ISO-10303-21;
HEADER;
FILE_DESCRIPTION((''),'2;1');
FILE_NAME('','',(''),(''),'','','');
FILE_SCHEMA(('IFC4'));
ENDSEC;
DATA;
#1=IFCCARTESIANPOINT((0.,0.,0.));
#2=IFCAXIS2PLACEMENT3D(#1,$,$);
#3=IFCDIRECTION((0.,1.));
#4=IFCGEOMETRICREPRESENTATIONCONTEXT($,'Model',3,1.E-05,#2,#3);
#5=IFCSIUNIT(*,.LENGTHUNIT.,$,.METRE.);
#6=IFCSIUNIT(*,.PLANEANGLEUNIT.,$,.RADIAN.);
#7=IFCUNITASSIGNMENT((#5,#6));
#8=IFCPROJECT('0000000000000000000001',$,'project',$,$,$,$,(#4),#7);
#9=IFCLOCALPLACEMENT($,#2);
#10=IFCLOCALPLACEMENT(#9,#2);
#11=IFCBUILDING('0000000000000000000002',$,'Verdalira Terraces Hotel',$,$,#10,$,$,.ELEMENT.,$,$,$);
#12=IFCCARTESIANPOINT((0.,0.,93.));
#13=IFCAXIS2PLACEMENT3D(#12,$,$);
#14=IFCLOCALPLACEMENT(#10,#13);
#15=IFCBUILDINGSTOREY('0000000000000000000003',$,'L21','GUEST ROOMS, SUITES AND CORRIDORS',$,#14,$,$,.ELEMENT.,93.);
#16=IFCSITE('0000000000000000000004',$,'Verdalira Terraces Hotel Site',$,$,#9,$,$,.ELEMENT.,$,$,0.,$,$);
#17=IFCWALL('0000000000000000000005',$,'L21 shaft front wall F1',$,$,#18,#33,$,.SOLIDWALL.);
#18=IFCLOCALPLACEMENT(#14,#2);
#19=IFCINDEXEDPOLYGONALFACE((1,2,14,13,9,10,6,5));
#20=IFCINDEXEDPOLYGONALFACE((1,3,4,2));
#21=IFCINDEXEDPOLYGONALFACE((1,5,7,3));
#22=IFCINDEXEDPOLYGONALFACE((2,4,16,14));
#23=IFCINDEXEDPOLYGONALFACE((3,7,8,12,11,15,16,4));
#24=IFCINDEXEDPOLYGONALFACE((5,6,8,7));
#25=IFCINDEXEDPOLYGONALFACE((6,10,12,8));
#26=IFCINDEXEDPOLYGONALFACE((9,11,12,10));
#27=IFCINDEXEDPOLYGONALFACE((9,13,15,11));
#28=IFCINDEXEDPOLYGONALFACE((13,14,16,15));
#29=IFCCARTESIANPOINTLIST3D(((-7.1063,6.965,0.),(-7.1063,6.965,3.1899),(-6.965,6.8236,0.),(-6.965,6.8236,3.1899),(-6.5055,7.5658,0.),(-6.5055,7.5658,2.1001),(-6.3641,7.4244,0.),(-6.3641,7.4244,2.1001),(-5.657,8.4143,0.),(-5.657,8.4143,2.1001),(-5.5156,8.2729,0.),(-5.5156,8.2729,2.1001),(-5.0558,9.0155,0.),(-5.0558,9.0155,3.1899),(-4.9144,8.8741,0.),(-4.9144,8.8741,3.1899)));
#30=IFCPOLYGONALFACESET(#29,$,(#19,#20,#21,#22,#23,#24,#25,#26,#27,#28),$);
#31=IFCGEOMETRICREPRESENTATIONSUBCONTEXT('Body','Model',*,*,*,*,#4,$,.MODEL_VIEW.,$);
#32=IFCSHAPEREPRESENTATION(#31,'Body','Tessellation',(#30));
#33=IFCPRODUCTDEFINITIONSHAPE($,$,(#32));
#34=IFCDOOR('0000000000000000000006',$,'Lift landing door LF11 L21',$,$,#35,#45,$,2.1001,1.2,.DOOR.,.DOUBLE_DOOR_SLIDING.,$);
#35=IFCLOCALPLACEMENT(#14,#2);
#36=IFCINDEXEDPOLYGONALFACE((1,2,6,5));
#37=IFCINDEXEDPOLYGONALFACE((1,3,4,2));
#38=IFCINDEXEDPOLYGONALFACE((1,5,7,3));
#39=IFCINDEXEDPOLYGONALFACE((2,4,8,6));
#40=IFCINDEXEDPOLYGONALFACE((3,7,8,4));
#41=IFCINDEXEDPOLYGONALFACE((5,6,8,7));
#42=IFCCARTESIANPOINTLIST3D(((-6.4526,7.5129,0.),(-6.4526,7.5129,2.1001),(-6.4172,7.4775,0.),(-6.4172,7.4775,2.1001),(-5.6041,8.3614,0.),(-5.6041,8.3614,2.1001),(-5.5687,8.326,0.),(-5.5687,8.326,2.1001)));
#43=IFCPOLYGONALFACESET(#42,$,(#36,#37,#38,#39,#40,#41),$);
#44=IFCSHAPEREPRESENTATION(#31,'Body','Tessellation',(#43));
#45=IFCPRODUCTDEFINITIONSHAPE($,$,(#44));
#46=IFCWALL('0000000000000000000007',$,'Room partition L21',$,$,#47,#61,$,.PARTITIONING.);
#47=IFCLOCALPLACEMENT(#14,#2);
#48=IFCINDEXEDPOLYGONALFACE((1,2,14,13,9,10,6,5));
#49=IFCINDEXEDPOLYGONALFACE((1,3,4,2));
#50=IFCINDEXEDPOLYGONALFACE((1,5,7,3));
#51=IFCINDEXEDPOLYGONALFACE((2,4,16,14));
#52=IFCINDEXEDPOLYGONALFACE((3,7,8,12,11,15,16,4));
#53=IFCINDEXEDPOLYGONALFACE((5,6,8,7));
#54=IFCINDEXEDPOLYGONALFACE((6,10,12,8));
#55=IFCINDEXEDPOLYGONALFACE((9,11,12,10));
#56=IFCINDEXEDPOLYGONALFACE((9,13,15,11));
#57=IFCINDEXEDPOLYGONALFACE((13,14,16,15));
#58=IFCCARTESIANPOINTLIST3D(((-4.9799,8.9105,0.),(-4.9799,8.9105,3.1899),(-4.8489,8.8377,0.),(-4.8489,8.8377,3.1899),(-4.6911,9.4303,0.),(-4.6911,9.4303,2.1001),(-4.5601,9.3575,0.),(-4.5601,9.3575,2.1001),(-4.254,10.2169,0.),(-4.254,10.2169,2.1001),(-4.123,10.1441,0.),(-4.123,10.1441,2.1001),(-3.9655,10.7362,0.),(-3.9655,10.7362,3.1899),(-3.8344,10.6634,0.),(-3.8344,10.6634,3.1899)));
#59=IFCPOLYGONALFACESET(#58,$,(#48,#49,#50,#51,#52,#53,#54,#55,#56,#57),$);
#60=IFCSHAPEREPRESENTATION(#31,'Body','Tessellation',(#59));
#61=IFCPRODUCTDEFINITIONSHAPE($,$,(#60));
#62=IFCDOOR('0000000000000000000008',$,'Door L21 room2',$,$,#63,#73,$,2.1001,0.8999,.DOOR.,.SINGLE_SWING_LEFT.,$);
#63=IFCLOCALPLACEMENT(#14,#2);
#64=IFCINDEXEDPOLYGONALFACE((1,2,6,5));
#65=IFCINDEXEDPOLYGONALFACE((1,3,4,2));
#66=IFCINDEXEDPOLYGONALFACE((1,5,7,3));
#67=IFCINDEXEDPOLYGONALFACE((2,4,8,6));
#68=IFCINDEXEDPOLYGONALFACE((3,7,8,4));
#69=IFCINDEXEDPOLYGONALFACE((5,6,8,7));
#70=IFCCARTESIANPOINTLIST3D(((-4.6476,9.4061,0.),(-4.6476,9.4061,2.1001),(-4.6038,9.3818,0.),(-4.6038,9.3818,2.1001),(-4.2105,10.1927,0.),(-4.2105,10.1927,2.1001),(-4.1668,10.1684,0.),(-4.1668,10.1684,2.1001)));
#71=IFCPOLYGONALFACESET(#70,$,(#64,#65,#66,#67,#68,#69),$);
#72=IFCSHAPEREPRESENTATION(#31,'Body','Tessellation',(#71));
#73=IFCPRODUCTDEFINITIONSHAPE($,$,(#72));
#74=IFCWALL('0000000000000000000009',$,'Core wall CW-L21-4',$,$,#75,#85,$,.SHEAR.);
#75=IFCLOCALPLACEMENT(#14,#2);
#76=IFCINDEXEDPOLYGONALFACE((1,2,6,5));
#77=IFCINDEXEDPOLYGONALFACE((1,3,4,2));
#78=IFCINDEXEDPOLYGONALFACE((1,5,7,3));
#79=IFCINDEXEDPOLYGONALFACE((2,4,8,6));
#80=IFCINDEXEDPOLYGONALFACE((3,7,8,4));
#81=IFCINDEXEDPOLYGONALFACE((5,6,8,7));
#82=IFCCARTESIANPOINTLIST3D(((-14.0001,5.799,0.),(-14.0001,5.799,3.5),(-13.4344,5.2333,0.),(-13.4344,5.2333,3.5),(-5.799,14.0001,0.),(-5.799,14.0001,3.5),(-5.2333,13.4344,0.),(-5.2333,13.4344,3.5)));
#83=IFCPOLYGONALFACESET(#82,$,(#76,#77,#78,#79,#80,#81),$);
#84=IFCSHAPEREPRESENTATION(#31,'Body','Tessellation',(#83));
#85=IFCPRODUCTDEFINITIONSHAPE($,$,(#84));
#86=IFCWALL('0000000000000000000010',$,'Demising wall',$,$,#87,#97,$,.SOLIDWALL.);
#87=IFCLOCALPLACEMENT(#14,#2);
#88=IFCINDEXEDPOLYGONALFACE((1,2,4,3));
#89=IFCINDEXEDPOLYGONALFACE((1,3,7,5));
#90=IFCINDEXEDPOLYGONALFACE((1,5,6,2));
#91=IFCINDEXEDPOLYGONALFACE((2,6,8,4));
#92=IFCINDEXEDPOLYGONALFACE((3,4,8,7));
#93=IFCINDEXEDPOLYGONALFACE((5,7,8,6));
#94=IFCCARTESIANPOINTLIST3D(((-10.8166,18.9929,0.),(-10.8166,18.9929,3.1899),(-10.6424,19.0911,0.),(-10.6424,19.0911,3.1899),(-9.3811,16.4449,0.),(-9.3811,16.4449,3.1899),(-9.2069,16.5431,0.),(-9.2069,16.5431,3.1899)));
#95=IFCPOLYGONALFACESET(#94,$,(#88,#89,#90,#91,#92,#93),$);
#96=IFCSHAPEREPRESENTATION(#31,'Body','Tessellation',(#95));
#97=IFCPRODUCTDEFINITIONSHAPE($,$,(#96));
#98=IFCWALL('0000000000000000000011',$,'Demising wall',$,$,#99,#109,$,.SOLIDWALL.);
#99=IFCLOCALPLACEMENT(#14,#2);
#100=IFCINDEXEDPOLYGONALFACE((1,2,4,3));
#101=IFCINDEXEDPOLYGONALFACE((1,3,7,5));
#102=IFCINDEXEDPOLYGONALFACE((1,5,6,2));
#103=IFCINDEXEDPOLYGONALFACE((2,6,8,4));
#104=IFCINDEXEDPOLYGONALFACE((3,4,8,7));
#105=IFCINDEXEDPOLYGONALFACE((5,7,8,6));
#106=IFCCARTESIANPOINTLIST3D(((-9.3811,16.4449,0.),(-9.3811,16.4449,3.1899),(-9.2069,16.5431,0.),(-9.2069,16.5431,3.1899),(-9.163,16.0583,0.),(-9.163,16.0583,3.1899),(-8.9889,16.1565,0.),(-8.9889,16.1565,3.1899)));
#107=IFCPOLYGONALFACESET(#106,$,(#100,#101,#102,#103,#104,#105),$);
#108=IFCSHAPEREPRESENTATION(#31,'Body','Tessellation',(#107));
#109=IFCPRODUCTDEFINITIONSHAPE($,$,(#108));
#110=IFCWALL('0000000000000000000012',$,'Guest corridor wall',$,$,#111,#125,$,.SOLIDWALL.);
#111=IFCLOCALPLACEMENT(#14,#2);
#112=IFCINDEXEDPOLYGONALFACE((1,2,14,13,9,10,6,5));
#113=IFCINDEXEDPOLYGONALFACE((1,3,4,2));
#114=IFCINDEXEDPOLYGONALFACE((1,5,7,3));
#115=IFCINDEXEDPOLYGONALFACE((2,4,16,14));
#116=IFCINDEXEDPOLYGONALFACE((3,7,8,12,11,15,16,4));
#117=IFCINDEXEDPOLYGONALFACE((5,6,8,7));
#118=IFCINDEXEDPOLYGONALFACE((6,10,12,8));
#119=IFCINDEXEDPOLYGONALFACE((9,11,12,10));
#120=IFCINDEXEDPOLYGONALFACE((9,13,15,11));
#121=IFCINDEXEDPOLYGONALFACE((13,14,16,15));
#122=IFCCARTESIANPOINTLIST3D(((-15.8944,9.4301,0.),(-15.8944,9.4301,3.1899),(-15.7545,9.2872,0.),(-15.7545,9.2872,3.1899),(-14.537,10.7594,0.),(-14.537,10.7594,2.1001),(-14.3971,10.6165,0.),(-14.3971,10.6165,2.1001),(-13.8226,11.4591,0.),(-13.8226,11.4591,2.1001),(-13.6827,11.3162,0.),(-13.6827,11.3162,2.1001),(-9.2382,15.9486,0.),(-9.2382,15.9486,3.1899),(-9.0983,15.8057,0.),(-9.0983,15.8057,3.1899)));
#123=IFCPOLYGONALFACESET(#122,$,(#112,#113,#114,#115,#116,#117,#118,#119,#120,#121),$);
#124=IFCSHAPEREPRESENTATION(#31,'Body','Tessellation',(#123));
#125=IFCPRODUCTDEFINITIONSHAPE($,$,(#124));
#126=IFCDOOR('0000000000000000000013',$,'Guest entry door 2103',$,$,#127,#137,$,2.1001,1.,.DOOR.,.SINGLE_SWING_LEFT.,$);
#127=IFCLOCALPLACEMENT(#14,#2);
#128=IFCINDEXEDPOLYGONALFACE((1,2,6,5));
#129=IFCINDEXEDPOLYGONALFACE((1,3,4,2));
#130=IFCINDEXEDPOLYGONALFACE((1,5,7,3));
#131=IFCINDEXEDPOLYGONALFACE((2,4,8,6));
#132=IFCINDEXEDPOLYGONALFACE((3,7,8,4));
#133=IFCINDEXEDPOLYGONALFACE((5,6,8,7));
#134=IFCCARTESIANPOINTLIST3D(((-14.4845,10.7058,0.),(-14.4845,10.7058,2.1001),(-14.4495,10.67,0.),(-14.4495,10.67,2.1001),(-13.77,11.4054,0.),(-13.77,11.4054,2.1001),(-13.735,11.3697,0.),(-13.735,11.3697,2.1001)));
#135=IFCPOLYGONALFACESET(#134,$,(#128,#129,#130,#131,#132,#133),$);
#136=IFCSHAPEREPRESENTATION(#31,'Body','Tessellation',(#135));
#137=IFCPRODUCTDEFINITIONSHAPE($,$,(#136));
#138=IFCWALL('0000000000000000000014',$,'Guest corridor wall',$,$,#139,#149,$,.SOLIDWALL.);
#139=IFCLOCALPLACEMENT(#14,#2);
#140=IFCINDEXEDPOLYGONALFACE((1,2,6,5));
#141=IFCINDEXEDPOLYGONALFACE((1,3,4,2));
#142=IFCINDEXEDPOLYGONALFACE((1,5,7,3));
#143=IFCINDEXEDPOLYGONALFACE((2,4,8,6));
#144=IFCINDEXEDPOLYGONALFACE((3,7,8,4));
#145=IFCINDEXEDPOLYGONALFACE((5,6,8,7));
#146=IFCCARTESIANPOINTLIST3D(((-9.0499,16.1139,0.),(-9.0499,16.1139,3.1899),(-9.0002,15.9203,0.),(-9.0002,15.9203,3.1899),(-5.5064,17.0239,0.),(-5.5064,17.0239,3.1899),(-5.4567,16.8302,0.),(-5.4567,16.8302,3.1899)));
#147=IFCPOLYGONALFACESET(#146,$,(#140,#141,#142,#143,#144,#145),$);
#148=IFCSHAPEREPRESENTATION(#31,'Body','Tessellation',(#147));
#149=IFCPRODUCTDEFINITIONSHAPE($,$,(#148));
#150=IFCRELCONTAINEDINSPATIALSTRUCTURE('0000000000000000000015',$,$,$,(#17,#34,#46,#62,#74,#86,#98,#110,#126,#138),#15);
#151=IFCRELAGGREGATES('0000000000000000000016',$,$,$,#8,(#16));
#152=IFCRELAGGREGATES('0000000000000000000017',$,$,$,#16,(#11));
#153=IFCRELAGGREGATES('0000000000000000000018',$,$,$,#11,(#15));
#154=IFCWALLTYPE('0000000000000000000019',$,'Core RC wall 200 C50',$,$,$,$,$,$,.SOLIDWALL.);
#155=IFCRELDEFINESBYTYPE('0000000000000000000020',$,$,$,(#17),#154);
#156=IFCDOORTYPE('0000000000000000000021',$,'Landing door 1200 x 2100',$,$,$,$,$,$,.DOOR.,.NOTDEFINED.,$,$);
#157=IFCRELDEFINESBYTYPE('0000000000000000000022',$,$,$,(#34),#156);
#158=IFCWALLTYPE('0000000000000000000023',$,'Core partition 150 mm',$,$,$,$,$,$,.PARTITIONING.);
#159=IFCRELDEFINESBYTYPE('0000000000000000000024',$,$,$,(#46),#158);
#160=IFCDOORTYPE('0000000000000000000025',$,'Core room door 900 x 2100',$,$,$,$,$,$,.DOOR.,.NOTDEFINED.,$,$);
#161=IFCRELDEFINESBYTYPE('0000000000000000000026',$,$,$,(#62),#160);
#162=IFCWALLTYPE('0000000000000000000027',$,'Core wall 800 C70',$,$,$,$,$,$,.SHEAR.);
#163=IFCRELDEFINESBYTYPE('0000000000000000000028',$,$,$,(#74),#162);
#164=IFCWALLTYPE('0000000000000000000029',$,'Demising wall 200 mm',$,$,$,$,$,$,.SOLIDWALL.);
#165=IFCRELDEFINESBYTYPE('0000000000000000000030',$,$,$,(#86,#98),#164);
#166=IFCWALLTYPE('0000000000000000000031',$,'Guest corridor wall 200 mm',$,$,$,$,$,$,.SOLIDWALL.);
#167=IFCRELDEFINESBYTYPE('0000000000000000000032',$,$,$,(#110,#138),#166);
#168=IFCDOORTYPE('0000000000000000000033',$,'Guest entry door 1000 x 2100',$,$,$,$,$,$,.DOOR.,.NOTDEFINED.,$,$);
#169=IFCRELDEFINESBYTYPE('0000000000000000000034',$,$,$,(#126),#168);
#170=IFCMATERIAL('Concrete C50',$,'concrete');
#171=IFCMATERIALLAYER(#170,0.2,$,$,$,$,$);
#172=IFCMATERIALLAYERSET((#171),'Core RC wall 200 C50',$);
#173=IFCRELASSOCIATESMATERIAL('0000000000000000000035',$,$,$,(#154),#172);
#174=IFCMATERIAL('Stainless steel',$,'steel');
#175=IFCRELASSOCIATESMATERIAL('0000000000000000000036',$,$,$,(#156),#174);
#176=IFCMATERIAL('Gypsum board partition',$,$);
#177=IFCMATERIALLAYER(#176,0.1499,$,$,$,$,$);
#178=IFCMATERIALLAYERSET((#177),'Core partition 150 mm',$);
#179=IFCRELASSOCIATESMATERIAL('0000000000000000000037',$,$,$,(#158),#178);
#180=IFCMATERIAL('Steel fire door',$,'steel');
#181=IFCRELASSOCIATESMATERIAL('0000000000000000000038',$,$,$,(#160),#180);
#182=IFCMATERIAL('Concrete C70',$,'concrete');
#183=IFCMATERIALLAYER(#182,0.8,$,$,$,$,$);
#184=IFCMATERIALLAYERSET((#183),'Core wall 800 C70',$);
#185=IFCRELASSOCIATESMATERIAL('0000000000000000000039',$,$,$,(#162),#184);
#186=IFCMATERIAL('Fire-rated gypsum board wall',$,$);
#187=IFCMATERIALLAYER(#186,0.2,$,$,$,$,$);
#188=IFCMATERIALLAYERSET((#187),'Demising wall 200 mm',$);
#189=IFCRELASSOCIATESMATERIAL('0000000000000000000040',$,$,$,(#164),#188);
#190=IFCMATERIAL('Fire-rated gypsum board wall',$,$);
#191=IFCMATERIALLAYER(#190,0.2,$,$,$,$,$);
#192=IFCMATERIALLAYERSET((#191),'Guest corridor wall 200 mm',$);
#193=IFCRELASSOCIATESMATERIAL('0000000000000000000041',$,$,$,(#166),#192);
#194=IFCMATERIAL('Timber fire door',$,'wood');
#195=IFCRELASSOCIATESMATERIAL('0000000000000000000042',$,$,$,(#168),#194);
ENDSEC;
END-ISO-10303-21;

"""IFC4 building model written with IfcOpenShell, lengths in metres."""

from ifc_helpers import new_model, si_unit, direction, frame, frame_2d, origin, place, context, subcontext, project, spatial, rectangle, extrude, material, layer, layer_set, type_object, element, fill, save


model = new_model("IFC4")

# Units and contexts
model_context = context("Model", 3, precision=1e-05, world=origin(), true_north=direction((0.0, 1.0)))
body_context = subcontext(model_context, "Body", "Model", "MODEL_VIEW")
ifc_project = project(units=[si_unit("LENGTHUNIT", "METRE"), si_unit("PLANEANGLEUNIT", "RADIAN")], contexts=[model_context])

# Site, building, storey
site_placement = place(None, origin())
site = spatial("IfcSite", under=ifc_project, at=site_placement, Name="Verdalira Terraces Hotel Site", CompositionType="ELEMENT", RefElevation=0.0)
building_placement = place(site_placement, origin())
building = spatial("IfcBuilding", under=site, at=building_placement, Name="Verdalira Terraces Hotel", CompositionType="ELEMENT")
storey_placement = place(building_placement, frame((0.0, 0.0, 93.0)))
storey = spatial("IfcBuildingStorey", under=building, at=storey_placement, Name="L21", Description="GUEST ROOMS, SUITES AND CORRIDORS", CompositionType="ELEMENT", Elevation=93.0)

# Walls, openings, doors
ifc_material_1 = material(Name="Concrete C50", Category="concrete")
ifc_layer_1 = layer(ifc_material_1, 0.2)
ifc_layer_set_1 = layer_set([ifc_layer_1], Name="Core RC wall 200 C50")
wall_type_1 = type_object("IfcWallType", Name="Core RC wall 200 C50", PredefinedType="SOLIDWALL", material=ifc_layer_set_1)
wall_1_placement = place(storey_placement, frame((-4.9851, 8.9448, 0.0), z_axis=(0.0, 0.0, 1.0), x_axis=(-0.707107, -0.707107, 0.0)))
wall_1 = element("IfcWall", 1, at=wall_1_placement, inside=storey, type_object=wall_type_1, Name="L21 shaft front wall F1", PredefinedType="SOLIDWALL", context=body_context, shape_type="SweptSolid", body=[
    extrude(rectangle(XDim=2.8999, YDim=0.2, at=frame_2d((1.45, 0.0))), origin(), (0.0, 0.0, 1.0), 3.1899),
])
opening_1_placement = place(wall_1_placement, frame((0.8501, 0.0, 0.0)))
opening_1 = element("IfcOpeningElement", 2, at=opening_1_placement, cuts=wall_1, PredefinedType="OPENING", context=body_context, shape_type="SweptSolid", body=[
    extrude(rectangle(XDim=1.2, YDim=2.1001, at=frame_2d((0.6001, 1.05))), frame((0.0, 0.1099, 0.0), z_axis=(0.0, -1.0, 0.0), x_axis=(1.0, 0.0, 0.0)), (0.0, 0.0, 1.0), 0.22),
])
ifc_material_2 = material(Name="Stainless steel", Category="steel")
door_type_1 = type_object("IfcDoorType", Name="Landing door 1200 x 2100", OperationType="NOTDEFINED", PredefinedType="DOOR", material=ifc_material_2)
door_1_placement = place(opening_1_placement, origin())
door_1 = element("IfcDoor", 3, at=door_1_placement, inside=storey, type_object=door_type_1, Name="Lift landing door LF11 L21", OperationType="DOUBLE_DOOR_SLIDING", OverallHeight=2.1001, OverallWidth=1.2, PredefinedType="DOOR", context=body_context, shape_type="SweptSolid", body=[
    extrude(rectangle(XDim=1.2, YDim=2.1001, at=frame_2d((0.6001, 1.05))), frame((0.0, 0.0249, 0.0), z_axis=(0.0, -1.0, 0.0), x_axis=(1.0, 0.0, 0.0)), (0.0, 0.0, 1.0), 0.05),
])
fill(opening_1, door_1)
ifc_material_3 = material(Name="Gypsum board partition")
ifc_layer_2 = layer(ifc_material_3, 0.1499)
ifc_layer_set_2 = layer_set([ifc_layer_2], Name="Core partition 150 mm")
wall_type_2 = type_object("IfcWallType", Name="Core partition 150 mm", PredefinedType="PARTITIONING", material=ifc_layer_set_2)
wall_2_placement = place(storey_placement, frame((-3.8999, 10.7, 0.0), z_axis=(0.0, 0.0, 1.0), x_axis=(-0.485693, -0.87413, 0.0)))
wall_2 = element("IfcWall", 4, at=wall_2_placement, inside=storey, type_object=wall_type_2, Name="Room partition L21", PredefinedType="PARTITIONING", context=body_context, shape_type="SweptSolid", body=[
    extrude(rectangle(XDim=2.0886, YDim=0.1499, at=frame_2d((1.0444, 0.0))), origin(), (0.0, 0.0, 1.0), 3.1899),
])
opening_2_placement = place(wall_2_placement, frame((0.5942, 0.0, 0.0)))
opening_2 = element("IfcOpeningElement", 5, at=opening_2_placement, cuts=wall_2, PredefinedType="OPENING", context=body_context, shape_type="SweptSolid", body=[
    extrude(rectangle(XDim=0.8999, YDim=2.1001, at=frame_2d((0.45, 1.05))), frame((0.0, 0.085, 0.0), z_axis=(0.0, -1.0, 0.0), x_axis=(1.0, 0.0, 0.0)), (0.0, 0.0, 1.0), 0.1699),
])
ifc_material_4 = material(Name="Steel fire door", Category="steel")
door_type_2 = type_object("IfcDoorType", Name="Core room door 900 x 2100", OperationType="NOTDEFINED", PredefinedType="DOOR", material=ifc_material_4)
door_2_placement = place(opening_2_placement, origin())
door_2 = element("IfcDoor", 6, at=door_2_placement, inside=storey, type_object=door_type_2, Name="Door L21 room2", OperationType="SINGLE_SWING_LEFT", OverallHeight=2.1001, OverallWidth=0.8999, PredefinedType="DOOR", context=body_context, shape_type="SweptSolid", body=[
    extrude(rectangle(XDim=0.8999, YDim=2.1001, at=frame_2d((0.45, 1.05))), frame((0.0, 0.0249, 0.0), z_axis=(0.0, -1.0, 0.0), x_axis=(1.0, 0.0, 0.0)), (0.0, 0.0, 1.0), 0.05),
])
fill(opening_2, door_2)

# Walls
ifc_material_5 = material(Name="Concrete C70", Category="concrete")
ifc_layer_3 = layer(ifc_material_5, 0.8)
ifc_layer_set_3 = layer_set([ifc_layer_3], Name="Core wall 800 C70")
wall_type_3 = type_object("IfcWallType", Name="Core wall 800 C70", PredefinedType="SHEAR", material=ifc_layer_set_3)
wall_3_placement = place(storey_placement, frame((-5.5161, 13.7173, 0.0), z_axis=(0.0, 0.0, 1.0), x_axis=(-0.707107, -0.707107, 0.0)))
element("IfcWall", 7, at=wall_3_placement, inside=storey, type_object=wall_type_3, Name="Core wall CW-L21-4", PredefinedType="SHEAR", context=body_context, shape_type="SweptSolid", body=[
    extrude(rectangle(XDim=11.5981, YDim=0.8, at=frame_2d((5.7991, 0.0))), origin(), (0.0, 0.0, 1.0), 3.5),
])
ifc_material_6 = material(Name="Fire-rated gypsum board wall")
ifc_layer_4 = layer(ifc_material_6, 0.2)
ifc_layer_set_4 = layer_set([ifc_layer_4], Name="Demising wall 200 mm")
wall_type_4 = type_object("IfcWallType", Name="Demising wall 200 mm", PredefinedType="SOLIDWALL", material=ifc_layer_set_4)
wall_4_placement = place(storey_placement, frame((-9.2939, 16.4939, 0.0), z_axis=(0.0, 0.0, 1.0), x_axis=(-0.490844, 0.871248, 0.0)))
element("IfcWall", 8, at=wall_4_placement, inside=storey, type_object=wall_type_4, Name="Demising wall", PredefinedType="SOLIDWALL", context=body_context, shape_type="SweptSolid", body=[
    extrude(rectangle(XDim=2.9246, YDim=0.2, at=frame_2d((1.4624, 0.0))), origin(), (0.0, 0.0, 1.0), 3.1899),
])
wall_5_placement = place(storey_placement, frame((-9.0759, 16.1074, 0.0), z_axis=(0.0, 0.0, 1.0), x_axis=(-0.491332, 0.870972, 0.0)))
element("IfcWall", 9, at=wall_5_placement, inside=storey, type_object=wall_type_4, Name="Demising wall", PredefinedType="SOLIDWALL", context=body_context, shape_type="SweptSolid", body=[
    extrude(rectangle(XDim=0.4438, YDim=0.2, at=frame_2d((0.2219, 0.0))), origin(), (0.0, 0.0, 1.0), 3.1899),
])

# Wall, opening, door
ifc_material_7 = material(Name="Fire-rated gypsum board wall")
ifc_layer_5 = layer(ifc_material_7, 0.2)
ifc_layer_set_5 = layer_set([ifc_layer_5], Name="Guest corridor wall 200 mm")
wall_type_5 = type_object("IfcWallType", Name="Guest corridor wall 200 mm", PredefinedType="SOLIDWALL", material=ifc_layer_set_5)
wall_6_placement = place(storey_placement, frame((-15.8245, 9.3586, 0.0), z_axis=(0.0, 0.0, 1.0), x_axis=(0.714458, 0.699678, 0.0)))
wall_6 = element("IfcWall", 10, at=wall_6_placement, inside=storey, type_object=wall_type_5, Name="Guest corridor wall", PredefinedType="SOLIDWALL", context=body_context, shape_type="SweptSolid", body=[
    extrude(rectangle(XDim=9.3164, YDim=0.2, at=frame_2d((4.6582, 0.0))), origin(), (0.0, 0.0, 1.0), 3.1899),
])
opening_3_placement = place(wall_6_placement, frame((1.8999, 0.0, 0.0)))
opening_3 = element("IfcOpeningElement", 11, at=opening_3_placement, cuts=wall_6, PredefinedType="OPENING", context=body_context, shape_type="SweptSolid", body=[
    extrude(rectangle(XDim=1.0, YDim=2.1001, at=frame_2d((0.5, 1.05))), frame((0.0, 0.1099, 0.0), z_axis=(0.0, -1.0, 0.0), x_axis=(1.0, 0.0, 0.0)), (0.0, 0.0, 1.0), 0.22),
])
ifc_material_8 = material(Name="Timber fire door", Category="wood")
door_type_3 = type_object("IfcDoorType", Name="Guest entry door 1000 x 2100", OperationType="NOTDEFINED", PredefinedType="DOOR", material=ifc_material_8)
door_3_placement = place(opening_3_placement, origin())
door_3 = element("IfcDoor", 12, at=door_3_placement, inside=storey, type_object=door_type_3, Name="Guest entry door 2103", OperationType="SINGLE_SWING_LEFT", OverallHeight=2.1001, OverallWidth=1.0, PredefinedType="DOOR", context=body_context, shape_type="SweptSolid", body=[
    extrude(rectangle(XDim=1.0, YDim=2.1001, at=frame_2d((0.5, 1.05))), frame((0.0, 0.0249, 0.0), z_axis=(0.0, -1.0, 0.0), x_axis=(1.0, 0.0, 0.0)), (0.0, 0.0, 1.0), 0.05),
])
fill(opening_3, door_3)

# Wall
wall_7_placement = place(storey_placement, frame((-5.4817, 16.927, 0.0), z_axis=(0.0, 0.0, 1.0), x_axis=(-0.968576, -0.248717, 0.0)))
element("IfcWall", 13, at=wall_7_placement, inside=storey, type_object=wall_type_5, Name="Guest corridor wall", PredefinedType="SOLIDWALL", context=body_context, shape_type="SweptSolid", body=[
    extrude(rectangle(XDim=3.6584, YDim=0.2, at=frame_2d((1.8291, 0.0))), origin(), (0.0, 0.0, 1.0), 3.1899),
])

save(model, "model.ifc")
